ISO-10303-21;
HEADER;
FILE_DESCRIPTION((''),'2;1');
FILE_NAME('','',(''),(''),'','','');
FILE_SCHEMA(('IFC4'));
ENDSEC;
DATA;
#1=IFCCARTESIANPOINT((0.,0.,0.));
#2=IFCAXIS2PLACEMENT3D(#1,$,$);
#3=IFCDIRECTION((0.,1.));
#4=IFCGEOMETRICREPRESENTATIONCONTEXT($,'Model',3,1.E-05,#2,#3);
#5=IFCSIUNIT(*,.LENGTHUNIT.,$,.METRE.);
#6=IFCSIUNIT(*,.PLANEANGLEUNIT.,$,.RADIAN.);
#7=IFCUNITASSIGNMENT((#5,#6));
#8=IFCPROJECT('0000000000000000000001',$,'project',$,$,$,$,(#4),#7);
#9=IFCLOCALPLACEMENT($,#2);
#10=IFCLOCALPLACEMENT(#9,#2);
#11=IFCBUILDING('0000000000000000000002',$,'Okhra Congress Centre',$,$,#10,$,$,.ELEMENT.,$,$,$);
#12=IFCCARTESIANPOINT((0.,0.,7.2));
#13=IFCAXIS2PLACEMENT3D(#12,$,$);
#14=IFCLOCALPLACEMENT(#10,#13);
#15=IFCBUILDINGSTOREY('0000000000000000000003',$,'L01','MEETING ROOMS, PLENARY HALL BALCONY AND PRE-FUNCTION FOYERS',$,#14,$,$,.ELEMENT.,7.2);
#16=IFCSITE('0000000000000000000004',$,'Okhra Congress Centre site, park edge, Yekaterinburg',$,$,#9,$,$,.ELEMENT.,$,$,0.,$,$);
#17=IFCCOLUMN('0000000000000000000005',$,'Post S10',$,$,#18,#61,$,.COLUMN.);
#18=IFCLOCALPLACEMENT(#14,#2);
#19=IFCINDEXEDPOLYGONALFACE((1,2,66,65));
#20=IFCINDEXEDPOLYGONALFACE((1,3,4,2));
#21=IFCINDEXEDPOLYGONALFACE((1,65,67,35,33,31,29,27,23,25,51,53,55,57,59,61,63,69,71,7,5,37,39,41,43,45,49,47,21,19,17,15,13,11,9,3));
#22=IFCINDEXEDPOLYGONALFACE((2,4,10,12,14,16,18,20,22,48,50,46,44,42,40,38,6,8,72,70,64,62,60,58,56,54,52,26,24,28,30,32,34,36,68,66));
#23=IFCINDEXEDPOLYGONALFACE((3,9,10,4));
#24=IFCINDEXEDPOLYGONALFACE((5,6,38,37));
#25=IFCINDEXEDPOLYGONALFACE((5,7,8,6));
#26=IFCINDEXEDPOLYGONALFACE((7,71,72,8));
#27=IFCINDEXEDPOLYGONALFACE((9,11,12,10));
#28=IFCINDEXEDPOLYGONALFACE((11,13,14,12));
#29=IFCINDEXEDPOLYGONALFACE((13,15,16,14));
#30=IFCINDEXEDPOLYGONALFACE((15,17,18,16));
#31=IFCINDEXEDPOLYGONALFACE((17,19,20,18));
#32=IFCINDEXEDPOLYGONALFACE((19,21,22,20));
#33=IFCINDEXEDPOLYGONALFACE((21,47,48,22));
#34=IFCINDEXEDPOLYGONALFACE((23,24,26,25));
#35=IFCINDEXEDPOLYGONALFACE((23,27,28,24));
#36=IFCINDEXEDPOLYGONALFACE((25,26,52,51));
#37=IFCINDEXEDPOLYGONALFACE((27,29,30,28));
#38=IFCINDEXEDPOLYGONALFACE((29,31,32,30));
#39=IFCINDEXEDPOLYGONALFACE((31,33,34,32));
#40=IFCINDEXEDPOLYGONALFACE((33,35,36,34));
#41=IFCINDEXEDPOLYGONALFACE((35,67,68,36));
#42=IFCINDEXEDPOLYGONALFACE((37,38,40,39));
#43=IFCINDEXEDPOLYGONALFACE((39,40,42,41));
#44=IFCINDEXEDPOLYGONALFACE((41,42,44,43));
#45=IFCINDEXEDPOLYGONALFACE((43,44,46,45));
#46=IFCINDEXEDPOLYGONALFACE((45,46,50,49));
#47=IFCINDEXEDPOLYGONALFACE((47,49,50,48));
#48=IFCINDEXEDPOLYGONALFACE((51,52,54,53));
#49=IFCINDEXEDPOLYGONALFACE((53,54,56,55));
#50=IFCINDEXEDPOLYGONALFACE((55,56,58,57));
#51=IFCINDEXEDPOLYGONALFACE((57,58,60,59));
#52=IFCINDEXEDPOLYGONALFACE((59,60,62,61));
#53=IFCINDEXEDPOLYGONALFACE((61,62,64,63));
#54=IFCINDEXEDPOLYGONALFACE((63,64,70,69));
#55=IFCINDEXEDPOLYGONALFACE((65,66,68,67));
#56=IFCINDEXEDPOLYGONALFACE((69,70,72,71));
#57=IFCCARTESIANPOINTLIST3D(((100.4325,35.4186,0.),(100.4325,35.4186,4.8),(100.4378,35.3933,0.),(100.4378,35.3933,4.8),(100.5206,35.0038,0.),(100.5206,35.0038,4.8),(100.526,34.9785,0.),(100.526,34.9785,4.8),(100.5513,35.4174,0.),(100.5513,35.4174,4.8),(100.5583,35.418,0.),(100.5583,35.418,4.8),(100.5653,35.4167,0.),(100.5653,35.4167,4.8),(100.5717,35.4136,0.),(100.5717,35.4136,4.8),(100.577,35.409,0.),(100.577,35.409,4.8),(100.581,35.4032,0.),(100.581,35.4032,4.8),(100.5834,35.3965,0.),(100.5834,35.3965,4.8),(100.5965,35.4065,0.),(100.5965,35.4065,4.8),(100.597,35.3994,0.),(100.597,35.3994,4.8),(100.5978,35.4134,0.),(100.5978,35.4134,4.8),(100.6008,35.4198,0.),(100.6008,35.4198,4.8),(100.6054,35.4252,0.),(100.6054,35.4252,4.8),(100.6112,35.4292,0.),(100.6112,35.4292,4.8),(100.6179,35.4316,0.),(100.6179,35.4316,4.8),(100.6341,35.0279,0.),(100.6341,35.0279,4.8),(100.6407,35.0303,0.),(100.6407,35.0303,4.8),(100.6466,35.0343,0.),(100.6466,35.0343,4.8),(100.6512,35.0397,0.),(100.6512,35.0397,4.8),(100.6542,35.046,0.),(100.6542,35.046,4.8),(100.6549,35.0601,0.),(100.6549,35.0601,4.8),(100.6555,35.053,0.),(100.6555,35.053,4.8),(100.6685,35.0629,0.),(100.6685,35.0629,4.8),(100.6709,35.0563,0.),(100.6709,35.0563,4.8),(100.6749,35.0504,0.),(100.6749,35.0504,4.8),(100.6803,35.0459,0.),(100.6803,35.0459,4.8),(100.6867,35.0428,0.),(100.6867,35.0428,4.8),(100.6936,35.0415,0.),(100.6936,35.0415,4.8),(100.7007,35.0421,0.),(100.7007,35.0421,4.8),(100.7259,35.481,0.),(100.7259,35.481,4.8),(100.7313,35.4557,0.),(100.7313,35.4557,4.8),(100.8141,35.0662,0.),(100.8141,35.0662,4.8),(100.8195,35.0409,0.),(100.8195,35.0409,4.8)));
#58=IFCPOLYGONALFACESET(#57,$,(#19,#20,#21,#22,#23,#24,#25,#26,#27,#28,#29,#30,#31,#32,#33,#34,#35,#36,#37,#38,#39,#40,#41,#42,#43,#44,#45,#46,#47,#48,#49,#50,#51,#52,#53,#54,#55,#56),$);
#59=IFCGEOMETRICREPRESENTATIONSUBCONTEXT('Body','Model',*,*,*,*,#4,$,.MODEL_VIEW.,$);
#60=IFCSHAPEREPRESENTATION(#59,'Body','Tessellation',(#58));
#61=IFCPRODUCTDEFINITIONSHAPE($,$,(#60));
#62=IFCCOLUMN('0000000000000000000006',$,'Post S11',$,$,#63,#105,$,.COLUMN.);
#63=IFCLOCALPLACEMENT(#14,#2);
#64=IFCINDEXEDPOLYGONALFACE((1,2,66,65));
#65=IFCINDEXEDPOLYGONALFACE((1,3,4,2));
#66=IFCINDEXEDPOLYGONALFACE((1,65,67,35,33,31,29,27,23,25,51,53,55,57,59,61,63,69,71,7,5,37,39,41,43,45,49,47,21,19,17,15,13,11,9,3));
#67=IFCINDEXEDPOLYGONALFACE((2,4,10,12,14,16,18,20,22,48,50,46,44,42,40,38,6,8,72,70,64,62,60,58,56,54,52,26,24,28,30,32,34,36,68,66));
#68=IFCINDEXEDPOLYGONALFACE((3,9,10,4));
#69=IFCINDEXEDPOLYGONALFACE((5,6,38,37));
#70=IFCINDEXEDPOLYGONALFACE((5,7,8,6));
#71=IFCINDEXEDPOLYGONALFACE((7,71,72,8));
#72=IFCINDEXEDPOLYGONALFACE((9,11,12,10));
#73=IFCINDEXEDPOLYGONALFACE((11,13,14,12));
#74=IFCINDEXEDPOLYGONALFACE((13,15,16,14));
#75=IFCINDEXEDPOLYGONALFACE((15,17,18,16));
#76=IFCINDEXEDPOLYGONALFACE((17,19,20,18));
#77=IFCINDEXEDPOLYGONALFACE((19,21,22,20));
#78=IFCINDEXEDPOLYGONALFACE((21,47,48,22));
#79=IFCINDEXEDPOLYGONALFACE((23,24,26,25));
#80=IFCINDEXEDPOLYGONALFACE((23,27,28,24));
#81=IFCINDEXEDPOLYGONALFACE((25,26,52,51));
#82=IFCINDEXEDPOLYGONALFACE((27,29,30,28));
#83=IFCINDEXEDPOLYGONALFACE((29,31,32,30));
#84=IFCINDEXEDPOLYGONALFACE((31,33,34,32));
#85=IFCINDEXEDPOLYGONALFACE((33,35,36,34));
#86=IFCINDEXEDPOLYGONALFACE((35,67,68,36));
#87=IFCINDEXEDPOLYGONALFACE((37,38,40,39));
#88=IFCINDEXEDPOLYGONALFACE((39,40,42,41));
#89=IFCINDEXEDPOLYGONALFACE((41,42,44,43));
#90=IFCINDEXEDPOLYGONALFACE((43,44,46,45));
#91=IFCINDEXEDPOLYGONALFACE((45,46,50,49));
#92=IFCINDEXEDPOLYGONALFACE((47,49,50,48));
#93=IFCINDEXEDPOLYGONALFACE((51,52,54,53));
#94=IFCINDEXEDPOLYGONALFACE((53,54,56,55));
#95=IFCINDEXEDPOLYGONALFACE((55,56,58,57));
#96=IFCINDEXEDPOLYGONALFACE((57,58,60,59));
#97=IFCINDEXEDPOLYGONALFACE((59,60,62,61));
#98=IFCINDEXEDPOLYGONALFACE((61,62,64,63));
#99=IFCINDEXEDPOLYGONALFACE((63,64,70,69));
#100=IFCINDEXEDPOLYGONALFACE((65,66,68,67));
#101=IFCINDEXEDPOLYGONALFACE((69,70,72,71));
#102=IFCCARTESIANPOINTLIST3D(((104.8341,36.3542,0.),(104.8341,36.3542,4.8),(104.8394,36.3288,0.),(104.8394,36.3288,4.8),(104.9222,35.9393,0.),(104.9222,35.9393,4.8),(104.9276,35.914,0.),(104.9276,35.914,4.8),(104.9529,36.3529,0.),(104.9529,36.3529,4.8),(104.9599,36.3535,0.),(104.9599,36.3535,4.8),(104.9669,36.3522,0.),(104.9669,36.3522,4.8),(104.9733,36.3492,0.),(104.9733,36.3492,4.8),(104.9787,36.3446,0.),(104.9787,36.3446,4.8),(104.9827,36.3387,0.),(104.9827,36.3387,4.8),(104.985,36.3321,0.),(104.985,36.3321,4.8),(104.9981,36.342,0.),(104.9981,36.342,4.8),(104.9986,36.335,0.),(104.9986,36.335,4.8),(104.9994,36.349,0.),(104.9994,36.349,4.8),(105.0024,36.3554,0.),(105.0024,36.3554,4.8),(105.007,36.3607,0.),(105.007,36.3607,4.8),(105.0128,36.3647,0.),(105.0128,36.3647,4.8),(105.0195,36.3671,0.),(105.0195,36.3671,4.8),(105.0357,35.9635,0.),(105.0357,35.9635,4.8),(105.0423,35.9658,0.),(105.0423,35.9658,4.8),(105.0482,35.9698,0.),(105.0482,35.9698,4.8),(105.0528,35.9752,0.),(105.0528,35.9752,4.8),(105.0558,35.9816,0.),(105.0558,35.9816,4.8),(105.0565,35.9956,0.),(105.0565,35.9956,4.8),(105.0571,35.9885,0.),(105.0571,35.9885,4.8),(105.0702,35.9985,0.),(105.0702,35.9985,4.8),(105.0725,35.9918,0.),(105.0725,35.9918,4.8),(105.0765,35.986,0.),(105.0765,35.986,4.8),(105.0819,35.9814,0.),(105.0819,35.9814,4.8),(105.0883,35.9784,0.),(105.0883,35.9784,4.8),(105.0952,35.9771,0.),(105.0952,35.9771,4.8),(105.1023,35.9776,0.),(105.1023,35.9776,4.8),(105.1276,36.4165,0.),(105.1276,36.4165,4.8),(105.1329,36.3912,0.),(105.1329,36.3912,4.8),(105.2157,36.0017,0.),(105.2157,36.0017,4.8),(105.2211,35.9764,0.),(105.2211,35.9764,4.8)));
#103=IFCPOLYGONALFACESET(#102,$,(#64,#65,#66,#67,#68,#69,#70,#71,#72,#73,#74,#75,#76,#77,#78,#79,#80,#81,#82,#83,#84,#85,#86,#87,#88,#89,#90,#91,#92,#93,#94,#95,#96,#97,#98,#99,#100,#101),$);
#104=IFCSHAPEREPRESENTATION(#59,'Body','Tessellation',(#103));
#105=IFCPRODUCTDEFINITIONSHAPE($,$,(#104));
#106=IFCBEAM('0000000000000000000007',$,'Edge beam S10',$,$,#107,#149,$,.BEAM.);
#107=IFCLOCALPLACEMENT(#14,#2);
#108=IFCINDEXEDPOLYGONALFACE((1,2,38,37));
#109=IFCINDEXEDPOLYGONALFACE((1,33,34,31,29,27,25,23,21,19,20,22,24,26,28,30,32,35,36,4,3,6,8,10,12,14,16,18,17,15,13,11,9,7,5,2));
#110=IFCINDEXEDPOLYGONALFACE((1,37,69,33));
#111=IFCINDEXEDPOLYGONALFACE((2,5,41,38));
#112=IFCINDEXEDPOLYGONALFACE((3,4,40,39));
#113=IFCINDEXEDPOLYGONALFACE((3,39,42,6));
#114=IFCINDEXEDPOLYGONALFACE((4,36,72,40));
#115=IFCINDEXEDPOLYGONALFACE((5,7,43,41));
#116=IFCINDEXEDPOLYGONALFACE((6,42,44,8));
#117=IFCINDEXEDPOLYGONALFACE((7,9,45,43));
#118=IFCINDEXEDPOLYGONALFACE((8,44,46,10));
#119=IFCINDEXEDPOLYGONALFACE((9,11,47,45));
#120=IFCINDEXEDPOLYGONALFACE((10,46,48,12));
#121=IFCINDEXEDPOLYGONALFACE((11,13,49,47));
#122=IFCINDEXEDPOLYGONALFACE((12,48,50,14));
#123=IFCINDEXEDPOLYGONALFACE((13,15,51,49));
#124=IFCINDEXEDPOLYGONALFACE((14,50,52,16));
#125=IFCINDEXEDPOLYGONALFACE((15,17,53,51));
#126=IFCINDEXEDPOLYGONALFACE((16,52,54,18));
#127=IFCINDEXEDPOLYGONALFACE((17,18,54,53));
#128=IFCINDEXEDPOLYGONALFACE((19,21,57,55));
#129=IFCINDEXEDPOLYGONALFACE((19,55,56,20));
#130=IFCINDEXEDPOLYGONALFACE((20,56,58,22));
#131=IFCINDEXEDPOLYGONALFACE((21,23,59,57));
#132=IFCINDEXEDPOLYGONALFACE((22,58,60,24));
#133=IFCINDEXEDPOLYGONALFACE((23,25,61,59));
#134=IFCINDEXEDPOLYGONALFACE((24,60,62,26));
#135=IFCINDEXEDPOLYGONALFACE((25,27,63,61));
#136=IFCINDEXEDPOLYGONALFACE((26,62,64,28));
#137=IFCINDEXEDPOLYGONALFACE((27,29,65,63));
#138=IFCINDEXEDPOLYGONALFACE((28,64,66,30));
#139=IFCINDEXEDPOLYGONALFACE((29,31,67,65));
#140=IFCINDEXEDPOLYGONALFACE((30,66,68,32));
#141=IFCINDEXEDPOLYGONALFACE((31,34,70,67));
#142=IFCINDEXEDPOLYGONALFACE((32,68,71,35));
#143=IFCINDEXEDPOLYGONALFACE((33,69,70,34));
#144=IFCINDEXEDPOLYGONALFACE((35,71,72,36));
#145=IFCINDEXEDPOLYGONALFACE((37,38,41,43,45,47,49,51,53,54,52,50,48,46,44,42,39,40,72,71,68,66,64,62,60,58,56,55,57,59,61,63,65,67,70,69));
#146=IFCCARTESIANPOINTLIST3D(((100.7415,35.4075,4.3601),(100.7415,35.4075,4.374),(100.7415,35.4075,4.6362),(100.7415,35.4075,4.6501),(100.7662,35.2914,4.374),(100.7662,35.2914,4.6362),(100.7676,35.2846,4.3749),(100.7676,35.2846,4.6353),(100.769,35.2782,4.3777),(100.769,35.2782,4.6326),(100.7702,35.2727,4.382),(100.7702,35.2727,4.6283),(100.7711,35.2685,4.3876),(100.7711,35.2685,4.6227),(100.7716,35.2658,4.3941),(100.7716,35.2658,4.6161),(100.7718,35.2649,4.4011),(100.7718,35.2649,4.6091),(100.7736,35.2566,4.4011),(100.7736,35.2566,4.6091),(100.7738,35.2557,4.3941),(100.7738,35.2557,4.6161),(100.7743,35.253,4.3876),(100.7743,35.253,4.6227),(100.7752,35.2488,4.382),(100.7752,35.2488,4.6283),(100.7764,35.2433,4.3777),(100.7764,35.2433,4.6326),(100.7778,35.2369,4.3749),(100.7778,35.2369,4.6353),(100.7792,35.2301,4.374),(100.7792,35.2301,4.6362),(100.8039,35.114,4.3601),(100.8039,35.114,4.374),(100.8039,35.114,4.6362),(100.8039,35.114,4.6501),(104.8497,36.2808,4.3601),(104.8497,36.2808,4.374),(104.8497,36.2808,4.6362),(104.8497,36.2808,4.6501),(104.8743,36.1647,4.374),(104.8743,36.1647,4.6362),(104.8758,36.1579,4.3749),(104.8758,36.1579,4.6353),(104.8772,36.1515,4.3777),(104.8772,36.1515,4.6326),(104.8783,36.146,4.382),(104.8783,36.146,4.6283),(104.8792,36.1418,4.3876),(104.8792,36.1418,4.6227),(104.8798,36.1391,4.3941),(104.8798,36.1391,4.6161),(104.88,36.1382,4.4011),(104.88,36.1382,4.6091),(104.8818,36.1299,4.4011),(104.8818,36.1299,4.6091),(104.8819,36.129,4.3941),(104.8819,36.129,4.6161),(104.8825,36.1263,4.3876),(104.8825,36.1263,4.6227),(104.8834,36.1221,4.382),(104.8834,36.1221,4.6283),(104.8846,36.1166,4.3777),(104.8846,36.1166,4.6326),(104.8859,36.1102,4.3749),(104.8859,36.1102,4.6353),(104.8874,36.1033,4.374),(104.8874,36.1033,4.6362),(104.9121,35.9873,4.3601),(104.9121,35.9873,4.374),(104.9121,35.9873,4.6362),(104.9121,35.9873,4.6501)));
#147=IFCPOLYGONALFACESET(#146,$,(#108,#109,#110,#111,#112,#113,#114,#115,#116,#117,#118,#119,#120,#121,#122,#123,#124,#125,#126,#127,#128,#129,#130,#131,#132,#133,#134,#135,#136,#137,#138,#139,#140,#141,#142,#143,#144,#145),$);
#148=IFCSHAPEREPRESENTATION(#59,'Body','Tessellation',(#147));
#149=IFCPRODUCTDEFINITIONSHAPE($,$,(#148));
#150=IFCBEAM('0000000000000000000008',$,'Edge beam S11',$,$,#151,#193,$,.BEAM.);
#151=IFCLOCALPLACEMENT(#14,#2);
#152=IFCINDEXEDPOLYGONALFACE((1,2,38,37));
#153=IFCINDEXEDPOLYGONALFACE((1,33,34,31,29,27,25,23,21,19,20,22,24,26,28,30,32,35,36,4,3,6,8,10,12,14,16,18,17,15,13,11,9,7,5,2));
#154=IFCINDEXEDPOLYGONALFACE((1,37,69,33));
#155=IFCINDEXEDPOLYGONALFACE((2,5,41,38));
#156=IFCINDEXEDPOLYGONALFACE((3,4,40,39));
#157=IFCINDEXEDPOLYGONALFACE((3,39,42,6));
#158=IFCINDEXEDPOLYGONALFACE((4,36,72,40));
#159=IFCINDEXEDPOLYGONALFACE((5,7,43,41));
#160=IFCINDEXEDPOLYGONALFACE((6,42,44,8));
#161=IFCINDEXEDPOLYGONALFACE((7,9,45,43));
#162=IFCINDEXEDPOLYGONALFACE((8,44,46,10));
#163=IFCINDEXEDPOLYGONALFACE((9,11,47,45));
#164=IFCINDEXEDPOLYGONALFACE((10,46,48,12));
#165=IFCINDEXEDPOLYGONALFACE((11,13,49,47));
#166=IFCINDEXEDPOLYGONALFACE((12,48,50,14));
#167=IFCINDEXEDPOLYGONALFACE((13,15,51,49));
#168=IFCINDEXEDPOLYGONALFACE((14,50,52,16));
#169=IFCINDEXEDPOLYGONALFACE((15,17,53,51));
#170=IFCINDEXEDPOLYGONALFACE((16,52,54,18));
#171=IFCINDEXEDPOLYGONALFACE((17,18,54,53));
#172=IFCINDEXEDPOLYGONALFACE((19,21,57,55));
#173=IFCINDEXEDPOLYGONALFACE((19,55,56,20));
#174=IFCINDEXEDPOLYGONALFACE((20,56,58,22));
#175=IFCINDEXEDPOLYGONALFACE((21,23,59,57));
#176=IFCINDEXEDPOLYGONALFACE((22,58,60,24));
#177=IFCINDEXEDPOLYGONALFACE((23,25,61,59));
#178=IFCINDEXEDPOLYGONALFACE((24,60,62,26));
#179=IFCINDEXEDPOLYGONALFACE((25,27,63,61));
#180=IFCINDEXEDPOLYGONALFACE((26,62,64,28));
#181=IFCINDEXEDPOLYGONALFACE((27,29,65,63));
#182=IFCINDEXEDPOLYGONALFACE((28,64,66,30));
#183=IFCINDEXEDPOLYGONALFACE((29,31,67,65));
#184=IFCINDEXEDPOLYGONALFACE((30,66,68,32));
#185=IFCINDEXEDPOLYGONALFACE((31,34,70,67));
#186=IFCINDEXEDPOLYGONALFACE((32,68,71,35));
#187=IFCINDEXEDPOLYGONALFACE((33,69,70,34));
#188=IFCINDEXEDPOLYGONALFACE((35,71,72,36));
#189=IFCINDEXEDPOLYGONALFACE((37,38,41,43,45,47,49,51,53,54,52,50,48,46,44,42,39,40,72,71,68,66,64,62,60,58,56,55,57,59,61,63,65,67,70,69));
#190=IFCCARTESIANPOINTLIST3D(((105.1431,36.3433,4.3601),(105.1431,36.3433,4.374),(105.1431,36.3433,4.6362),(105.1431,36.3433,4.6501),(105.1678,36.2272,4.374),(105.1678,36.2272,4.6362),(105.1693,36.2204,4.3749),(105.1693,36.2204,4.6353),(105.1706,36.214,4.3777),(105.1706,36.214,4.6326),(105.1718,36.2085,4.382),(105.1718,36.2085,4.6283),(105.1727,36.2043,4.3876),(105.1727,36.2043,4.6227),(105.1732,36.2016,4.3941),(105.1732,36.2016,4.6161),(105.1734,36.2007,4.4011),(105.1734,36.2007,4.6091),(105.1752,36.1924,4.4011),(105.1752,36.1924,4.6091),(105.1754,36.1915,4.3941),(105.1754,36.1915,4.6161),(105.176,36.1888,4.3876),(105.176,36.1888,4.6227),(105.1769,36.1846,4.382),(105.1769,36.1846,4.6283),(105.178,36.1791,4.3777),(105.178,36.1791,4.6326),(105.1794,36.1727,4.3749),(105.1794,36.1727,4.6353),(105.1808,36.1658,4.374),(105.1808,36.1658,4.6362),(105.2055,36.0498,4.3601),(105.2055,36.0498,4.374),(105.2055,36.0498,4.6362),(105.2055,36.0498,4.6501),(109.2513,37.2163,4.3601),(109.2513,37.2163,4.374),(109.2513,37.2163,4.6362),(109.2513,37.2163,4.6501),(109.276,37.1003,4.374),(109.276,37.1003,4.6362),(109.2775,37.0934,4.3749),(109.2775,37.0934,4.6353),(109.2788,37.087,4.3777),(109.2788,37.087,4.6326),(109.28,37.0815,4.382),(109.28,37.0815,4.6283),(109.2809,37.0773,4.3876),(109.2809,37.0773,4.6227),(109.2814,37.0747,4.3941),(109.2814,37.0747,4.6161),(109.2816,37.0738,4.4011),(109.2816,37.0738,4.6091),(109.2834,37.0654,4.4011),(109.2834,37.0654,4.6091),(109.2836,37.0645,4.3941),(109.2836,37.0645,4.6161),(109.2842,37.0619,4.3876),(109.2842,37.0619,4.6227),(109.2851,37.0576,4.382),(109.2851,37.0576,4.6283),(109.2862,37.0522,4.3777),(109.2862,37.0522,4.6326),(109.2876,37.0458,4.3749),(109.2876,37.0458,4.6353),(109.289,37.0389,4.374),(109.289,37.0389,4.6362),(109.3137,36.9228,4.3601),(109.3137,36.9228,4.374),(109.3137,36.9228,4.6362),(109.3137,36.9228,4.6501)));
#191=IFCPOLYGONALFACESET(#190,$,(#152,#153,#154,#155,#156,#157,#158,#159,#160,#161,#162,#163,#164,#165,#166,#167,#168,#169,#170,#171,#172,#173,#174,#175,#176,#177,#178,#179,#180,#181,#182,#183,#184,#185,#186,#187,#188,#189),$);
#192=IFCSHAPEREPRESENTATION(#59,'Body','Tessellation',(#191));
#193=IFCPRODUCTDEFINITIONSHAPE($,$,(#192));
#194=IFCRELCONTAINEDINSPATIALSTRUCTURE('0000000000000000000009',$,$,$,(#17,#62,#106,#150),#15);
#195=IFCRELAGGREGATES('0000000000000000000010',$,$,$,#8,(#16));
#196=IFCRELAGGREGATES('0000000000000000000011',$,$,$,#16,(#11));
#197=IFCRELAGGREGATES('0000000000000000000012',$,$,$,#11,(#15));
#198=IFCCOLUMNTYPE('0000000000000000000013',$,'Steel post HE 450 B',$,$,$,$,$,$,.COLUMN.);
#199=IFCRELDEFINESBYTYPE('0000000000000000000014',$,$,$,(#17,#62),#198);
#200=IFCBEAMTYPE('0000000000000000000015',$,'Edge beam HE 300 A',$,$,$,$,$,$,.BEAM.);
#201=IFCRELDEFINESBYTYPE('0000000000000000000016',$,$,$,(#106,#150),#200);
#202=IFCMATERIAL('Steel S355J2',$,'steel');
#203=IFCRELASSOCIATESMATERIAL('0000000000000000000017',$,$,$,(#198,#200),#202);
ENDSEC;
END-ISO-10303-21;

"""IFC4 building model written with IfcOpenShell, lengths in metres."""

from ifc_helpers import new_model, si_unit, direction, frame, origin, origin_2d, place, context, subcontext, project, spatial, i_section, extrude, material, material_profile, profile_set, type_object, element, save


model = new_model("IFC4")

# Units and contexts
model_context = context("Model", 3, precision=1e-05, world=origin(), true_north=direction((0.0, 1.0)))
body_context = subcontext(model_context, "Body", "Model", "MODEL_VIEW")
ifc_project = project(units=[si_unit("LENGTHUNIT", "METRE"), si_unit("PLANEANGLEUNIT", "RADIAN")], contexts=[model_context])

# Site, building, storey
site_placement = place(None, origin())
site = spatial("IfcSite", under=ifc_project, at=site_placement, Name="Okhra Congress Centre site, park edge, Yekaterinburg", CompositionType="ELEMENT", RefElevation=0.0)
building_placement = place(site_placement, origin())
building = spatial("IfcBuilding", under=site, at=building_placement, Name="Okhra Congress Centre", CompositionType="ELEMENT")
storey_placement = place(building_placement, frame((0.0, 0.0, 7.2)))
storey = spatial("IfcBuildingStorey", under=building, at=storey_placement, Name="L01", Description="MEETING ROOMS, PLENARY HALL BALCONY AND PRE-FUNCTION FOYERS", CompositionType="ELEMENT", Elevation=7.2)

# Columns
ifc_material_1 = material(Name="Steel S355J2", Category="steel")
ifc_material_profile_1 = material_profile(ifc_material_1, i_section(OverallWidth=0.3, OverallDepth=0.45, WebThickness=0.0139, FlangeThickness=0.0259, FilletRadius=0.0271, at=origin_2d()), Name="HE 450 B")
ifc_profile_set_1 = profile_set([ifc_material_profile_1], Name="Steel S355J2")
column_type = type_object("IfcColumnType", Name="Steel post HE 450 B", PredefinedType="COLUMN", material=ifc_profile_set_1)
for number, where, z_axis, x_axis, name in (
    (1, (100.626, 35.2297, 0.0), (0.0, 0.0, 1.0), (0.978148, 0.207912, 0.0), "Post S10"),
    (2, (105.0276, 36.1653, 0.0), (0.0, 0.0, 1.0), (0.978148, 0.207912, 0.0), "Post S11"),
):
    element("IfcColumn", number, at=place(storey_placement, frame(where, z_axis=z_axis, x_axis=x_axis)), inside=storey, type_object=column_type, Name=name, PredefinedType="COLUMN", context=body_context, shape_type="SweptSolid", body=[
        extrude(i_section(OverallWidth=0.3, OverallDepth=0.45, WebThickness=0.0139, FlangeThickness=0.0259, FilletRadius=0.0271, at=origin_2d()), origin(), (0.0, 0.0, 1.0), 4.8),
    ])

# Beams
ifc_material_profile_2 = material_profile(ifc_material_1, i_section(OverallWidth=0.3, OverallDepth=0.29, WebThickness=0.0085, FlangeThickness=0.0139, FilletRadius=0.0271, at=origin_2d()), Name="HE 300 A")
ifc_profile_set_2 = profile_set([ifc_material_profile_2], Name="Steel S355J2")
beam_type_1 = type_object("IfcBeamType", Name="Edge beam HE 300 A", PredefinedType="BEAM", material=ifc_profile_set_2)
for number, where, z_axis, x_axis, name in (
    (3, (100.7727, 35.2607, 4.5051), (0.978144, 0.207929, 0.0), (-0.207929, 0.978144, 0.0), "Edge beam S10"),
    (4, (105.1743, 36.1965, 4.5051), (0.978156, 0.207873, 0.0), (-0.207873, 0.978156, 0.0), "Edge beam S11"),
):
    element("IfcBeam", number, at=place(storey_placement, frame(where, z_axis=z_axis, x_axis=x_axis)), inside=storey, type_object=beam_type_1, Name=name, PredefinedType="BEAM", context=body_context, shape_type="SweptSolid", body=[
        extrude(i_section(OverallWidth=0.3, OverallDepth=0.29, WebThickness=0.0085, FlangeThickness=0.0139, FilletRadius=0.0271, at=origin_2d()), origin(), (0.0, 0.0, 1.0), 4.2),
    ])

save(model, "model.ifc")
